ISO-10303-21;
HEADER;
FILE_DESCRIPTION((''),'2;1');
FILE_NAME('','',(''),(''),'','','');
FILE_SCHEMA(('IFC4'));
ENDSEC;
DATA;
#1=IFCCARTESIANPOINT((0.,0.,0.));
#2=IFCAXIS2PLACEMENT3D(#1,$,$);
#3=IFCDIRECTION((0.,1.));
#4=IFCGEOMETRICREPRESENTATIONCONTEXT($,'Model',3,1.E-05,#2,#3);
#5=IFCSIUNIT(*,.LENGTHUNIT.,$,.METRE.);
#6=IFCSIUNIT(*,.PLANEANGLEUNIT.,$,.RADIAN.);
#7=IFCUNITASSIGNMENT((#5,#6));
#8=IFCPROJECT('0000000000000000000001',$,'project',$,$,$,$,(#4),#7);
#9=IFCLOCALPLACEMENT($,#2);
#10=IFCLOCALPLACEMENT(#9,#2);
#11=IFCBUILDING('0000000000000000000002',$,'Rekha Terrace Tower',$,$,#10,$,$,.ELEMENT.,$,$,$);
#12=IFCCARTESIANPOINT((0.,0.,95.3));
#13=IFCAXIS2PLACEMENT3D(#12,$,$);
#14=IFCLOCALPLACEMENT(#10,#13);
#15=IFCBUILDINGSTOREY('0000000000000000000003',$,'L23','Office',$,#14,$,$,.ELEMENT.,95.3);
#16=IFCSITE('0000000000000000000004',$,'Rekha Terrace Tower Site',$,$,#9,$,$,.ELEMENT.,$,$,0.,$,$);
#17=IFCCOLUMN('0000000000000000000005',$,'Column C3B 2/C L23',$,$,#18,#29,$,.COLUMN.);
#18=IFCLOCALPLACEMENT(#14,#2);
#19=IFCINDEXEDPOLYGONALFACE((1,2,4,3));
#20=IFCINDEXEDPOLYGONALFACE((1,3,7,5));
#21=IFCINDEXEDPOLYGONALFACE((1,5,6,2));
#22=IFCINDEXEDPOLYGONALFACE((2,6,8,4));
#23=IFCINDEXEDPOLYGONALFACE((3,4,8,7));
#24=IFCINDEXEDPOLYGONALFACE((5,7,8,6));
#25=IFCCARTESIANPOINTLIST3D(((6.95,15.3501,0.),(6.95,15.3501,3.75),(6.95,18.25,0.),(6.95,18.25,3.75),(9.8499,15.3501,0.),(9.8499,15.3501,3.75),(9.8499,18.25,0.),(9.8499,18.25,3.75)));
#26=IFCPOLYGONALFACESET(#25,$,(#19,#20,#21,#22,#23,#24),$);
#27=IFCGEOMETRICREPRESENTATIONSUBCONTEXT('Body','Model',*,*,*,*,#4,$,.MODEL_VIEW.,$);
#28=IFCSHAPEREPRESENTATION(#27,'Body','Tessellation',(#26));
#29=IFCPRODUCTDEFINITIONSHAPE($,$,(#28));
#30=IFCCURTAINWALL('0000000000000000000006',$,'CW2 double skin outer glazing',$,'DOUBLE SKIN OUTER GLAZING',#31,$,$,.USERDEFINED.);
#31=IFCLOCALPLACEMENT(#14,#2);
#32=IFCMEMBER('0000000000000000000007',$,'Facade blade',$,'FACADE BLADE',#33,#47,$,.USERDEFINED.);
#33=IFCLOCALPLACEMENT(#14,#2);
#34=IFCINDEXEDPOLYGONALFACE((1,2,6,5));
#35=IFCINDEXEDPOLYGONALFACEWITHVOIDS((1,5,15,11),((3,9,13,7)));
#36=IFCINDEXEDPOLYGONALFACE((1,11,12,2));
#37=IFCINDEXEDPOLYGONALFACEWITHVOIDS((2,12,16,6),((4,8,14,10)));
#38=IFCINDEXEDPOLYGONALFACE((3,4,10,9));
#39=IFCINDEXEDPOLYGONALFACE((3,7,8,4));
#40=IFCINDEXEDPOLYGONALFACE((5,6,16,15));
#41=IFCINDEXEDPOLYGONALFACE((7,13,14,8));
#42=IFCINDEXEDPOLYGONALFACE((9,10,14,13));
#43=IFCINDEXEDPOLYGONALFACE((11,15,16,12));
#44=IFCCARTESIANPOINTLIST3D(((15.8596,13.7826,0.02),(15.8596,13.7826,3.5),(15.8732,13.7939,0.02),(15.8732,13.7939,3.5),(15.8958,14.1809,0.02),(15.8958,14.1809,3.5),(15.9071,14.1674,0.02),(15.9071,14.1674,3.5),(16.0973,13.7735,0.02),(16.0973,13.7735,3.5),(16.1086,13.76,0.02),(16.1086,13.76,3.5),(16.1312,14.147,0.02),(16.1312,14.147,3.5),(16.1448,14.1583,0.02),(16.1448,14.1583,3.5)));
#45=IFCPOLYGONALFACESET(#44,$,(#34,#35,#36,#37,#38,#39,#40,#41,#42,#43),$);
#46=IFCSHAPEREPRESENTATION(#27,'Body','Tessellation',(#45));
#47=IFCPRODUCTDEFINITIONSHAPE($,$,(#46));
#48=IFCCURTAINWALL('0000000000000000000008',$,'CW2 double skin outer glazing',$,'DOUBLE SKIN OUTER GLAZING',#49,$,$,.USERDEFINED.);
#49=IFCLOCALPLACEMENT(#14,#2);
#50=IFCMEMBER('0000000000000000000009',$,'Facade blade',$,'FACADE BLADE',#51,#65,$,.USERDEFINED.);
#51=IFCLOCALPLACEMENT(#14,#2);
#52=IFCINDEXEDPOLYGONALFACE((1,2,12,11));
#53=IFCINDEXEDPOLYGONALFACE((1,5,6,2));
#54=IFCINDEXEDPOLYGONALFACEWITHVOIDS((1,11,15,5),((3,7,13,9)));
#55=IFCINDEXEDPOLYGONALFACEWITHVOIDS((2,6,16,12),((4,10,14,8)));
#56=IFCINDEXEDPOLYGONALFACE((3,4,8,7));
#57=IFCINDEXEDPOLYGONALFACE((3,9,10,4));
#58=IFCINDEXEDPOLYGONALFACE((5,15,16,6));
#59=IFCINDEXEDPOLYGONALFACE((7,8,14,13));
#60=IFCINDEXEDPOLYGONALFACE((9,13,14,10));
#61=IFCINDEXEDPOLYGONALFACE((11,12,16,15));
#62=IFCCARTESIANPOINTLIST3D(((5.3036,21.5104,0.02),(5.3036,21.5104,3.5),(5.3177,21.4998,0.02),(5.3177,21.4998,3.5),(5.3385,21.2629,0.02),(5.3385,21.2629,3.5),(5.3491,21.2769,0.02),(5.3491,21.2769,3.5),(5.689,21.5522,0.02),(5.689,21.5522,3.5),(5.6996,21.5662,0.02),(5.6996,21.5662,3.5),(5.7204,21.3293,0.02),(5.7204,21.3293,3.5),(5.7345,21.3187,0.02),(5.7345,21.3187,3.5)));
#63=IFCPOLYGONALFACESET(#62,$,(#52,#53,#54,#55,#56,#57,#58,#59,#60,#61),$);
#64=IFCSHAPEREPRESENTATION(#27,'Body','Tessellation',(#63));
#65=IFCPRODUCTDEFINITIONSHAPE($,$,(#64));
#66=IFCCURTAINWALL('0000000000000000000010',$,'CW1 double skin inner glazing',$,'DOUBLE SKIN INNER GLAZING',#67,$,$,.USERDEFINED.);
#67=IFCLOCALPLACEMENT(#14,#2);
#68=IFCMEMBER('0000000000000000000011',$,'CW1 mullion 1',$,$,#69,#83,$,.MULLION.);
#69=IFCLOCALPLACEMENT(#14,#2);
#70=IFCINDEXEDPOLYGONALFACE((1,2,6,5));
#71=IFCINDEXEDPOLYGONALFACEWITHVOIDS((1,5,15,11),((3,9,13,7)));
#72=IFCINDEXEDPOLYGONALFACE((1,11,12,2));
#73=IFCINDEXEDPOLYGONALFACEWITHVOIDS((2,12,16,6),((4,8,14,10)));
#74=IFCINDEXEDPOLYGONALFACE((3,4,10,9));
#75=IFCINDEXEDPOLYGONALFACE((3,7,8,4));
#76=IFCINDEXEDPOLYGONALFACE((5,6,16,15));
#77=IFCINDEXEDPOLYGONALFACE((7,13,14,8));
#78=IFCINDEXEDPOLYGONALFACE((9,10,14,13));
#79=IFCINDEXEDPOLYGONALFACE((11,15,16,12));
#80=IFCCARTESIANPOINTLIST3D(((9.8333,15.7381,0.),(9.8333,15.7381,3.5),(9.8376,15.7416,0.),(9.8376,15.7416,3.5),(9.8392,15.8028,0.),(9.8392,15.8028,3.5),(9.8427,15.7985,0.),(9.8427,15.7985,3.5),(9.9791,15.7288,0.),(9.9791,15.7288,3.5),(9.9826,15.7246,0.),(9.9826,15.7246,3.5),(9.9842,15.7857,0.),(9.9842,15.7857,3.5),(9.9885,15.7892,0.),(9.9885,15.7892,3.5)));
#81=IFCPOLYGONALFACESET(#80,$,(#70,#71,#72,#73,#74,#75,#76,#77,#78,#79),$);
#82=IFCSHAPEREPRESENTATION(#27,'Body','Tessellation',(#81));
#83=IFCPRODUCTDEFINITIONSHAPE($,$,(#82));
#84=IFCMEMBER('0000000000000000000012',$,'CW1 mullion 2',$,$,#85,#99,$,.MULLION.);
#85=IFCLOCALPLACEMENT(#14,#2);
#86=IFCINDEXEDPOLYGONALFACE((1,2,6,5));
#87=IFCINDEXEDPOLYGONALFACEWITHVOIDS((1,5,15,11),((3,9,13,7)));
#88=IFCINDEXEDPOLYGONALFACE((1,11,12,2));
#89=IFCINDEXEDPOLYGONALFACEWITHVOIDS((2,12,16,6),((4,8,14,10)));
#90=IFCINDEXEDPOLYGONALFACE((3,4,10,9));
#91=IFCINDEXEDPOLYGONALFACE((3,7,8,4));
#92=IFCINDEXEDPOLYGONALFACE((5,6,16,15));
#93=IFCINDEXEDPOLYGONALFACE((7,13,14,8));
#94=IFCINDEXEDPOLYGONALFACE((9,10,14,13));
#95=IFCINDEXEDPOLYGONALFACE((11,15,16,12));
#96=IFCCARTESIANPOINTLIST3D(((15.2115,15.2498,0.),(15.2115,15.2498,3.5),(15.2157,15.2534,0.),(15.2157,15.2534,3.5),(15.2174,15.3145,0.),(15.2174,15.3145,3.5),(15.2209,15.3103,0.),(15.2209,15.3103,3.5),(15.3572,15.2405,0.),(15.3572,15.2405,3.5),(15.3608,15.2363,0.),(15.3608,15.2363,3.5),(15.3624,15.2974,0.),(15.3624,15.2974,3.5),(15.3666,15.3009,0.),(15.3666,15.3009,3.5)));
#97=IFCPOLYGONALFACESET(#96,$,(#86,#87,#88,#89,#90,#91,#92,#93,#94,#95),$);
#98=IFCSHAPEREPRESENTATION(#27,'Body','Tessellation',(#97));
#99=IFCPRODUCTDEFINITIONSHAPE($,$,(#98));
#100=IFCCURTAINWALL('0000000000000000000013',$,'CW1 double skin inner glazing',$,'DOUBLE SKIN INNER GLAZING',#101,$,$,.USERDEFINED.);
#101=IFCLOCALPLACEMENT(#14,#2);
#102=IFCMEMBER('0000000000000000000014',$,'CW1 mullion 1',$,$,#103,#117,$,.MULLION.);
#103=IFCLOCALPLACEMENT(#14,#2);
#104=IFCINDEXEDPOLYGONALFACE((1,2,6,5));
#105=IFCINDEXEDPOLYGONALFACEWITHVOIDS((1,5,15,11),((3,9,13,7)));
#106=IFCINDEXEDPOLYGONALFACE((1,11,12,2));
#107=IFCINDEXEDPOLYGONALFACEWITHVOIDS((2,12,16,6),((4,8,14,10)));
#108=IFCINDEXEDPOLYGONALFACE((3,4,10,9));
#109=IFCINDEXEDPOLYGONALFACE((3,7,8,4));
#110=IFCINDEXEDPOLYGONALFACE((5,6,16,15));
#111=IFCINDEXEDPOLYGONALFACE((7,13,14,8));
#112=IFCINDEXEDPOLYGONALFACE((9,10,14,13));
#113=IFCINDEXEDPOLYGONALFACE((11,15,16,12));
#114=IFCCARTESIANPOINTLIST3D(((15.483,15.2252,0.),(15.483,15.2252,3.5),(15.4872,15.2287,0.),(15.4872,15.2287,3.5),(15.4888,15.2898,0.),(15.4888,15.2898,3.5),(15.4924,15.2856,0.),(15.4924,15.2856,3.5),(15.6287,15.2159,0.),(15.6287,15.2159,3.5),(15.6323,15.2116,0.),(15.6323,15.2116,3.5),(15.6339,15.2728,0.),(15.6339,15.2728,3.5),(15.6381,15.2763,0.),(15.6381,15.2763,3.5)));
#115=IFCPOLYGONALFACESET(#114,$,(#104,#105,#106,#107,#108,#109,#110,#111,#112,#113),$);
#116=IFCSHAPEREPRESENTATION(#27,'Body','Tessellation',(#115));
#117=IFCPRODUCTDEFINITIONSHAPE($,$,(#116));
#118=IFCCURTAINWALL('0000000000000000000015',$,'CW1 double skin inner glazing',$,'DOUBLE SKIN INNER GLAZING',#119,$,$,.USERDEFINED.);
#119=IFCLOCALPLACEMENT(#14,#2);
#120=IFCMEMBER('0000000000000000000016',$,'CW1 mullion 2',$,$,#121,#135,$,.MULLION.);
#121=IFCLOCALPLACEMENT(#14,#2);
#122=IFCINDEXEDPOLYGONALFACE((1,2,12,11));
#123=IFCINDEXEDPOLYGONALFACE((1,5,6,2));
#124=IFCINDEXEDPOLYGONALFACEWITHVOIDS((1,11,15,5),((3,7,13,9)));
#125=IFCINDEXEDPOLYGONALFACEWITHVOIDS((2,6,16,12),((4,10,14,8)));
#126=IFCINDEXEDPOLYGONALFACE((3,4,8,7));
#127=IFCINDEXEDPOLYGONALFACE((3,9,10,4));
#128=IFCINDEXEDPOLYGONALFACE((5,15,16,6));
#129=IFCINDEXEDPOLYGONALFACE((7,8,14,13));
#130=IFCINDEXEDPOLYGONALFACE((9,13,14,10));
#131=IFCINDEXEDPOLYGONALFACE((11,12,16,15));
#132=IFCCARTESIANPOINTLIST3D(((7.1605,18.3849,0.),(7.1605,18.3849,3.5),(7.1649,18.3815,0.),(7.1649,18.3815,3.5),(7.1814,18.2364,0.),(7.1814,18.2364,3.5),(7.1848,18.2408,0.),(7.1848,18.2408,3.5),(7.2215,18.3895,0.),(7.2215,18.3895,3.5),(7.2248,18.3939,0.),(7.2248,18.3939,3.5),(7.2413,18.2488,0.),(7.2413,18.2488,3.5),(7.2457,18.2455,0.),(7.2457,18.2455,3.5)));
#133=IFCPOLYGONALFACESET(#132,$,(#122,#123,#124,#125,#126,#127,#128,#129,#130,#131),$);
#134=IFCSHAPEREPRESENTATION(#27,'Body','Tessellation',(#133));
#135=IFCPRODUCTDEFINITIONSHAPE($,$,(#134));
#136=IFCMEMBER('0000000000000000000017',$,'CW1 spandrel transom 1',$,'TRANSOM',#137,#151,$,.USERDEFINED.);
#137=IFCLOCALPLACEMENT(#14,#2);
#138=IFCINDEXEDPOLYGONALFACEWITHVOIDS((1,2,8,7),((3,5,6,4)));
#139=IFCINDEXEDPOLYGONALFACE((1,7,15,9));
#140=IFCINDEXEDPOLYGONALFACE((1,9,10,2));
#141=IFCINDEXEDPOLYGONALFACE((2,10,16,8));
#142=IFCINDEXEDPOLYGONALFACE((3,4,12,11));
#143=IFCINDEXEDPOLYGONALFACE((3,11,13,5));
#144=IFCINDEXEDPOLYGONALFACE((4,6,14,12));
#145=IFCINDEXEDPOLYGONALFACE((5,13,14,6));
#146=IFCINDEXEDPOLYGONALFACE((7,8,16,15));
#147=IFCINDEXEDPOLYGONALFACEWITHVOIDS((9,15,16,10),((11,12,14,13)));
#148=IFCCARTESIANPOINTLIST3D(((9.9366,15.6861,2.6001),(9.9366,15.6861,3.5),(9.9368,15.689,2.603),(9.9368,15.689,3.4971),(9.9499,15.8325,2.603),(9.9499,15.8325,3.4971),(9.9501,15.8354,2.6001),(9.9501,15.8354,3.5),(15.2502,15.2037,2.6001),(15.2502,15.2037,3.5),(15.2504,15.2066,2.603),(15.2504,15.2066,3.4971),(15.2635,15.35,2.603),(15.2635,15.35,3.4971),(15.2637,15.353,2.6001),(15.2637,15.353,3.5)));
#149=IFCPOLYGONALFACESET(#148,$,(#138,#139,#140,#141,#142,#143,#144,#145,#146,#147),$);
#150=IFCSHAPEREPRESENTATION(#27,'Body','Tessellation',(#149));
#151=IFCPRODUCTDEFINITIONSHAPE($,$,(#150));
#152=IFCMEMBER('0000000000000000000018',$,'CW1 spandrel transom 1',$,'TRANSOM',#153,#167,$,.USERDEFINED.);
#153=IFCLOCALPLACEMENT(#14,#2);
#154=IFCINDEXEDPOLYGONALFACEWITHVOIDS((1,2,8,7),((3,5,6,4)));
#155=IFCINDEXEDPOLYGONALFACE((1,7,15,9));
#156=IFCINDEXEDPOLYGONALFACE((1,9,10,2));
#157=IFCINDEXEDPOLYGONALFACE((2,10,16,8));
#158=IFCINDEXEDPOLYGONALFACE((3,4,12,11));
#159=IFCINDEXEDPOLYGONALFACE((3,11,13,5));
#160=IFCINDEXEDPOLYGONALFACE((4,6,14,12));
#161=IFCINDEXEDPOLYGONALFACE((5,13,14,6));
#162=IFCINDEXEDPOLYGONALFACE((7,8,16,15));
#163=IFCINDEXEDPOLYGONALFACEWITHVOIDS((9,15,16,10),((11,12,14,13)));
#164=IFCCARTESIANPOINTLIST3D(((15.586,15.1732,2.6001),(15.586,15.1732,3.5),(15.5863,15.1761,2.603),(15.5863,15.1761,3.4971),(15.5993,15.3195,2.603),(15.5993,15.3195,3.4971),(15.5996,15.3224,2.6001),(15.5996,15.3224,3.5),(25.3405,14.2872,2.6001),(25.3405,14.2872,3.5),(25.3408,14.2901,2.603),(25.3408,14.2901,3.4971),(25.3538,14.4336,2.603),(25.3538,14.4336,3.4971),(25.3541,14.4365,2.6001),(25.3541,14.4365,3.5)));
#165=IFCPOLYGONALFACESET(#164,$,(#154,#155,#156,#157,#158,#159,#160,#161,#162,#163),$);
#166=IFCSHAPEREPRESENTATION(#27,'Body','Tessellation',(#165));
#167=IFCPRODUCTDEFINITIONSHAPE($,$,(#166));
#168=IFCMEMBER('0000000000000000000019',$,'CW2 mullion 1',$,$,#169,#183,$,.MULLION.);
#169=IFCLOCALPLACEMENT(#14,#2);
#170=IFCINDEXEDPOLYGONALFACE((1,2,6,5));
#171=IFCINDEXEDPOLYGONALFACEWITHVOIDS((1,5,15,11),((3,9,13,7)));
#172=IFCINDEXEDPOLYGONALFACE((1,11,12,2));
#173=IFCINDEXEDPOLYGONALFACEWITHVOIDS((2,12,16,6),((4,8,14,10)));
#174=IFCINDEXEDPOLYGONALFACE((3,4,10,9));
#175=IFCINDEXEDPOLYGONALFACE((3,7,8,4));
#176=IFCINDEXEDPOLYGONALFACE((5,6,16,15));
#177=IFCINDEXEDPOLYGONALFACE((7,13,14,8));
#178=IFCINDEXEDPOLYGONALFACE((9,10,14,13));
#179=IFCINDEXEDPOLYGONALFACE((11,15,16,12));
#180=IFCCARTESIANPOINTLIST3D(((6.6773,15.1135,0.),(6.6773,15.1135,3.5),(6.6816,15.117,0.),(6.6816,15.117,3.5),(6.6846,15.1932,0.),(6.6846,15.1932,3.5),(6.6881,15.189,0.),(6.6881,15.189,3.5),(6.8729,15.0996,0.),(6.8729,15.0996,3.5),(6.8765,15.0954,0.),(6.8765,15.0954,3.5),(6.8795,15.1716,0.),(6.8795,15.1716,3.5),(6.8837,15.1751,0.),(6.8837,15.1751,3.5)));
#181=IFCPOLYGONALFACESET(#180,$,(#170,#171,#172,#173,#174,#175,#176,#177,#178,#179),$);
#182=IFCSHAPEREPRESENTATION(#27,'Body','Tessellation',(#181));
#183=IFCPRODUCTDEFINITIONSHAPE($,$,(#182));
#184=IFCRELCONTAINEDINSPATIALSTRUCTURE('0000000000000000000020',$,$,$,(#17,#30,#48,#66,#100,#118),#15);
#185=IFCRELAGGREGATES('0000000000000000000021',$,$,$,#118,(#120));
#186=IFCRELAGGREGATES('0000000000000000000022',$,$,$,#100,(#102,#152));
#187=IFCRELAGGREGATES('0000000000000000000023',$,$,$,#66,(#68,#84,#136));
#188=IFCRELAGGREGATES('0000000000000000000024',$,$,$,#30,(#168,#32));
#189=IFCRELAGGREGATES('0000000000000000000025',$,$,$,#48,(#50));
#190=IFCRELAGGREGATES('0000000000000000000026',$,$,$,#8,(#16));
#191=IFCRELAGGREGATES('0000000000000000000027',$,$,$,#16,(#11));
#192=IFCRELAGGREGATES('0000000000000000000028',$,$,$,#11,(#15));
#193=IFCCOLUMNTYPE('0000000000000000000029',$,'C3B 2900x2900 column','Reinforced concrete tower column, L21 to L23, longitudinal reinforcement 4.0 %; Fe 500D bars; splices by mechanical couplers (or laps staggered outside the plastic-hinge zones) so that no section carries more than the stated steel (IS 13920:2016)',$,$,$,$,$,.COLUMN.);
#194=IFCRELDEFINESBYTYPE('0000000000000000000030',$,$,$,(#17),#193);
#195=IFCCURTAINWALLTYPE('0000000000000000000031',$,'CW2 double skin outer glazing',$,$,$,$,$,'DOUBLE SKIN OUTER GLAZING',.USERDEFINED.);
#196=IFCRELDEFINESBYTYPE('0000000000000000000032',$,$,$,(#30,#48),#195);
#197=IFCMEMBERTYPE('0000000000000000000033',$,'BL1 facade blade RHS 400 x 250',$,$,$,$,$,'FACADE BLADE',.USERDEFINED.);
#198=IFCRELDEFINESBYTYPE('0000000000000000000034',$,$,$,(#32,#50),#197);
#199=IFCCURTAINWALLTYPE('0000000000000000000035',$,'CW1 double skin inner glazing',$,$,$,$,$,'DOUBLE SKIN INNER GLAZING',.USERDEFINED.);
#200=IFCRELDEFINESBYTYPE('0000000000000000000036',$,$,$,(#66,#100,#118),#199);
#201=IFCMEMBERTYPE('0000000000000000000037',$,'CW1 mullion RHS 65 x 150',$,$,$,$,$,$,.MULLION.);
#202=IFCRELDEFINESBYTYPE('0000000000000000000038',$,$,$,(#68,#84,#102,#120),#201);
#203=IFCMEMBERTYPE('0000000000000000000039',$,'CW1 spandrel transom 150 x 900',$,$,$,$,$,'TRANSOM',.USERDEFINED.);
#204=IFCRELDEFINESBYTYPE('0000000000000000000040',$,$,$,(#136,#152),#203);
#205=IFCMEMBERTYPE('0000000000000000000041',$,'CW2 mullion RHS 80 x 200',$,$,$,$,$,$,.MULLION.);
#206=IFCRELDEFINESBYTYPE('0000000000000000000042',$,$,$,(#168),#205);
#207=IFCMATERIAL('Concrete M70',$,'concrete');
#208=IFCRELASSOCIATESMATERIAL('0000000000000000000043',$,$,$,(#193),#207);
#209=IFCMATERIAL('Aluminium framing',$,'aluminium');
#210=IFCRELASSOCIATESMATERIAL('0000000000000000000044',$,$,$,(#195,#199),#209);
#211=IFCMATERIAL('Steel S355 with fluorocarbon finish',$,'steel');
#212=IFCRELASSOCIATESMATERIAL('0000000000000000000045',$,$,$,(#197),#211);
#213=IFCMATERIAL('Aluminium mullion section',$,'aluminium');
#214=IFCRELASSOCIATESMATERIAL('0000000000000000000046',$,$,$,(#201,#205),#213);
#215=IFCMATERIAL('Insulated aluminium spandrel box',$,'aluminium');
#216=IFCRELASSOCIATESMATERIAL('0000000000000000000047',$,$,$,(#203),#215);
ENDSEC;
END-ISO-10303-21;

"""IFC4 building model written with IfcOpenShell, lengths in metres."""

from ifc_helpers import new_model, si_unit, direction, frame, origin, origin_2d, place, context, subcontext, project, spatial, rectangle, hollow_rectangle, extrude, material, material_profile, profile_set, type_object, element, aggregate, save


model = new_model("IFC4")

# Units and contexts
model_context = context("Model", 3, precision=1e-05, world=origin(), true_north=direction((0.0, 1.0)))
body_context = subcontext(model_context, "Body", "Model", "MODEL_VIEW")
ifc_project = project(units=[si_unit("LENGTHUNIT", "METRE"), si_unit("PLANEANGLEUNIT", "RADIAN")], contexts=[model_context])

# Site, building, storey
site_placement = place(None, origin())
site = spatial("IfcSite", under=ifc_project, at=site_placement, Name="Rekha Terrace Tower Site", CompositionType="ELEMENT", RefElevation=0.0)
building_placement = place(site_placement, origin())
building = spatial("IfcBuilding", under=site, at=building_placement, Name="Rekha Terrace Tower", CompositionType="ELEMENT")
storey_placement = place(building_placement, frame((0.0, 0.0, 95.3)))
storey = spatial("IfcBuildingStorey", under=building, at=storey_placement, Name="L23", Description="Office", CompositionType="ELEMENT", Elevation=95.3)

# Column
ifc_material_1 = material(Name="Concrete M70", Category="concrete")
ifc_material_profile_1 = material_profile(ifc_material_1, rectangle(XDim=2.8999, YDim=2.8999, at=origin_2d()), Name="RC 2900x2900")
ifc_profile_set_1 = profile_set([ifc_material_profile_1], Name="Concrete M70")
column_type = type_object("IfcColumnType", Name="C3B 2900x2900 column", Description="Reinforced concrete tower column, L21 to L23, longitudinal reinforcement 4.0 %; Fe 500D bars; splices by mechanical couplers (or laps staggered outside the plastic-hinge zones) so that no section carries more than the stated steel (IS 13920:2016)", PredefinedType="COLUMN", material=ifc_profile_set_1)
column_placement = place(storey_placement, frame((8.3999, 16.8, 0.0), z_axis=(0.0, 0.0, 1.0), x_axis=(1.0, 0.0, 0.0)))
element("IfcColumn", 1, at=column_placement, inside=storey, type_object=column_type, Name="Column C3B 2/C L23", PredefinedType="COLUMN", context=body_context, shape_type="SweptSolid", body=[
    extrude(rectangle(XDim=2.8999, YDim=2.8999, at=origin_2d()), origin(), (0.0, 0.0, 1.0), 3.75),
])

# Curtain walls, members
ifc_material_2 = material(Name="Aluminium framing", Category="aluminium")
curtain_wall_type_1 = type_object("IfcCurtainWallType", Name="CW2 double skin outer glazing", ElementType="DOUBLE SKIN OUTER GLAZING", PredefinedType="USERDEFINED", material=ifc_material_2)
curtain_wall_1_placement = place(storey_placement, origin())
curtain_wall_1 = element("IfcCurtainWall", 2, at=curtain_wall_1_placement, inside=storey, type_object=curtain_wall_type_1, Name="CW2 double skin outer glazing", ObjectType="DOUBLE SKIN OUTER GLAZING", PredefinedType="USERDEFINED")
ifc_material_3 = material(Name="Steel S355 with fluorocarbon finish", Category="steel")
ifc_material_profile_2 = material_profile(ifc_material_3, hollow_rectangle(XDim=0.25, YDim=0.3999, WallThickness=0.0125, at=origin_2d()), Name="RHS400x250x12.5")
ifc_profile_set_2 = profile_set([ifc_material_profile_2], Name="Steel S355 with fluorocarbon finish")
member_type_1 = type_object("IfcMemberType", Name="BL1 facade blade RHS 400 x 250", ElementType="FACADE BLADE", PredefinedType="USERDEFINED", material=ifc_profile_set_2)
member_1_placement = place(storey_placement, frame((16.0022, 13.9705, 0.02), z_axis=(0.0, 0.0, 1.0), x_axis=(0.995902, -0.09044, 0.0)))
member_1 = element("IfcMember", 3, at=member_1_placement, type_object=member_type_1, Name="Facade blade", ObjectType="FACADE BLADE", PredefinedType="USERDEFINED", context=body_context, shape_type="SweptSolid", body=[
    extrude(hollow_rectangle(XDim=0.25, YDim=0.3999, WallThickness=0.0125, at=origin_2d()), origin(), (0.0, 0.0, 1.0), 3.48),
])
curtain_wall_2_placement = place(storey_placement, origin())
curtain_wall_2 = element("IfcCurtainWall", 4, at=curtain_wall_2_placement, inside=storey, type_object=curtain_wall_type_1, Name="CW2 double skin outer glazing", ObjectType="DOUBLE SKIN OUTER GLAZING", PredefinedType="USERDEFINED")
member_2_placement = place(storey_placement, frame((5.519, 21.4146, 0.02), z_axis=(0.0, 0.0, 1.0), x_axis=(0.139597, -0.990208, 0.0)))
member_2 = element("IfcMember", 5, at=member_2_placement, type_object=member_type_1, Name="Facade blade", ObjectType="FACADE BLADE", PredefinedType="USERDEFINED", context=body_context, shape_type="SweptSolid", body=[
    extrude(hollow_rectangle(XDim=0.25, YDim=0.3999, WallThickness=0.0125, at=origin_2d()), origin(), (0.0, 0.0, 1.0), 3.48),
])

# Curtain wall, members
curtain_wall_type_2 = type_object("IfcCurtainWallType", Name="CW1 double skin inner glazing", ElementType="DOUBLE SKIN INNER GLAZING", PredefinedType="USERDEFINED", material=ifc_material_2)
curtain_wall_3_placement = place(storey_placement, origin())
curtain_wall_3 = element("IfcCurtainWall", 6, at=curtain_wall_3_placement, inside=storey, type_object=curtain_wall_type_2, Name="CW1 double skin inner glazing", ObjectType="DOUBLE SKIN INNER GLAZING", PredefinedType="USERDEFINED")
ifc_material_4 = material(Name="Aluminium mullion section", Category="aluminium")
ifc_material_profile_3 = material_profile(ifc_material_4, hollow_rectangle(XDim=0.0649, YDim=0.1499, WallThickness=0.0039, at=origin_2d()), Name="AL RHS 65x150")
ifc_profile_set_3 = profile_set([ifc_material_profile_3], Name="Aluminium mullion section")
member_type_2 = type_object("IfcMemberType", Name="CW1 mullion RHS 65 x 150", PredefinedType="MULLION", material=ifc_profile_set_3)
member_3_placement = place(storey_placement, frame((9.9109, 15.7637, 0.0), z_axis=(0.0, 0.0, 1.0), x_axis=(0.09044, 0.995902, 0.0)))
member_3 = element("IfcMember", 7, at=member_3_placement, type_object=member_type_2, Name="CW1 mullion 1", PredefinedType="MULLION", context=body_context, shape_type="SweptSolid", body=[
    extrude(hollow_rectangle(XDim=0.0649, YDim=0.1499, WallThickness=0.0039, at=origin_2d()), origin(), (0.0, 0.0, 1.0), 3.5),
])
member_4_placement = place(storey_placement, frame((15.2891, 15.2754, 0.0), z_axis=(0.0, 0.0, 1.0), x_axis=(0.09044, 0.995902, 0.0)))
member_4 = element("IfcMember", 8, at=member_4_placement, type_object=member_type_2, Name="CW1 mullion 2", PredefinedType="MULLION", context=body_context, shape_type="SweptSolid", body=[
    extrude(hollow_rectangle(XDim=0.0649, YDim=0.1499, WallThickness=0.0039, at=origin_2d()), origin(), (0.0, 0.0, 1.0), 3.5),
])

# Curtain walls, members
curtain_wall_4_placement = place(storey_placement, origin())
curtain_wall_4 = element("IfcCurtainWall", 9, at=curtain_wall_4_placement, inside=storey, type_object=curtain_wall_type_2, Name="CW1 double skin inner glazing", ObjectType="DOUBLE SKIN INNER GLAZING", PredefinedType="USERDEFINED")
member_5_placement = place(storey_placement, frame((15.5605, 15.2507, 0.0), z_axis=(0.0, 0.0, 1.0), x_axis=(0.09044, 0.995902, 0.0)))
member_5 = element("IfcMember", 10, at=member_5_placement, type_object=member_type_2, Name="CW1 mullion 1", PredefinedType="MULLION", context=body_context, shape_type="SweptSolid", body=[
    extrude(hollow_rectangle(XDim=0.0649, YDim=0.1499, WallThickness=0.0039, at=origin_2d()), origin(), (0.0, 0.0, 1.0), 3.5),
])
curtain_wall_5_placement = place(storey_placement, origin())
curtain_wall_5 = element("IfcCurtainWall", 11, at=curtain_wall_5_placement, inside=storey, type_object=curtain_wall_type_2, Name="CW1 double skin inner glazing", ObjectType="DOUBLE SKIN INNER GLAZING", PredefinedType="USERDEFINED")
member_6_placement = place(storey_placement, frame((7.2031, 18.3152, 0.0), z_axis=(0.0, 0.0, 1.0), x_axis=(0.990208, 0.139597, 0.0)))
member_6 = element("IfcMember", 12, at=member_6_placement, type_object=member_type_2, Name="CW1 mullion 2", PredefinedType="MULLION", context=body_context, shape_type="SweptSolid", body=[
    extrude(hollow_rectangle(XDim=0.0649, YDim=0.1499, WallThickness=0.0039, at=origin_2d()), origin(), (0.0, 0.0, 1.0), 3.5),
])
aggregate(curtain_wall_5, [member_6])

# Members
ifc_material_5 = material(Name="Insulated aluminium spandrel box", Category="aluminium")
ifc_material_profile_4 = material_profile(ifc_material_5, hollow_rectangle(XDim=0.1499, YDim=0.8999, WallThickness=0.0029, at=origin_2d()), Name="AL SPANDREL BOX 150x900")
ifc_profile_set_4 = profile_set([ifc_material_profile_4], Name="Insulated aluminium spandrel box")
member_type_3 = type_object("IfcMemberType", Name="CW1 spandrel transom 150 x 900", ElementType="TRANSOM", PredefinedType="USERDEFINED", material=ifc_profile_set_4)
member_7_placement = place(storey_placement, frame((9.9434, 15.7607, 3.05), z_axis=(0.995904, -0.09042, 0.0), x_axis=(0.09042, 0.995904, 0.0)))
member_7 = element("IfcMember", 13, at=member_7_placement, type_object=member_type_3, Name="CW1 spandrel transom 1", ObjectType="TRANSOM", PredefinedType="USERDEFINED", context=body_context, shape_type="SweptSolid", body=[
    extrude(hollow_rectangle(XDim=0.1499, YDim=0.8999, WallThickness=0.0029, at=origin_2d()), origin(), (0.0, 0.0, 1.0), 5.3354),
])
member_8_placement = place(storey_placement, frame((15.5928, 15.2478, 3.05), z_axis=(0.995901, -0.090455, 0.0), x_axis=(0.090455, 0.995901, 0.0)))
member_8 = element("IfcMember", 14, at=member_8_placement, type_object=member_type_3, Name="CW1 spandrel transom 1", ObjectType="TRANSOM", PredefinedType="USERDEFINED", context=body_context, shape_type="SweptSolid", body=[
    extrude(hollow_rectangle(XDim=0.1499, YDim=0.8999, WallThickness=0.0029, at=origin_2d()), origin(), (0.0, 0.0, 1.0), 9.7947),
])
aggregate(curtain_wall_4, [member_5, member_8])
ifc_material_profile_5 = material_profile(ifc_material_4, hollow_rectangle(XDim=0.0801, YDim=0.2, WallThickness=0.0039, at=origin_2d()), Name="AL RHS 80x200")
ifc_profile_set_5 = profile_set([ifc_material_profile_5], Name="Aluminium mullion section")
member_type_4 = type_object("IfcMemberType", Name="CW2 mullion RHS 80 x 200", PredefinedType="MULLION", material=ifc_profile_set_5)
member_9_placement = place(storey_placement, frame((6.7805, 15.1443, 0.0), z_axis=(0.0, 0.0, 1.0), x_axis=(0.09044, 0.995902, 0.0)))
member_9 = element("IfcMember", 15, at=member_9_placement, type_object=member_type_4, Name="CW2 mullion 1", PredefinedType="MULLION", context=body_context, shape_type="SweptSolid", body=[
    extrude(hollow_rectangle(XDim=0.0801, YDim=0.2, WallThickness=0.0039, at=origin_2d()), origin(), (0.0, 0.0, 1.0), 3.5),
])

aggregate(curtain_wall_3, [member_3, member_4, member_7])
aggregate(curtain_wall_1, [member_9, member_1])
aggregate(curtain_wall_2, [member_2])

save(model, "model.ifc")
